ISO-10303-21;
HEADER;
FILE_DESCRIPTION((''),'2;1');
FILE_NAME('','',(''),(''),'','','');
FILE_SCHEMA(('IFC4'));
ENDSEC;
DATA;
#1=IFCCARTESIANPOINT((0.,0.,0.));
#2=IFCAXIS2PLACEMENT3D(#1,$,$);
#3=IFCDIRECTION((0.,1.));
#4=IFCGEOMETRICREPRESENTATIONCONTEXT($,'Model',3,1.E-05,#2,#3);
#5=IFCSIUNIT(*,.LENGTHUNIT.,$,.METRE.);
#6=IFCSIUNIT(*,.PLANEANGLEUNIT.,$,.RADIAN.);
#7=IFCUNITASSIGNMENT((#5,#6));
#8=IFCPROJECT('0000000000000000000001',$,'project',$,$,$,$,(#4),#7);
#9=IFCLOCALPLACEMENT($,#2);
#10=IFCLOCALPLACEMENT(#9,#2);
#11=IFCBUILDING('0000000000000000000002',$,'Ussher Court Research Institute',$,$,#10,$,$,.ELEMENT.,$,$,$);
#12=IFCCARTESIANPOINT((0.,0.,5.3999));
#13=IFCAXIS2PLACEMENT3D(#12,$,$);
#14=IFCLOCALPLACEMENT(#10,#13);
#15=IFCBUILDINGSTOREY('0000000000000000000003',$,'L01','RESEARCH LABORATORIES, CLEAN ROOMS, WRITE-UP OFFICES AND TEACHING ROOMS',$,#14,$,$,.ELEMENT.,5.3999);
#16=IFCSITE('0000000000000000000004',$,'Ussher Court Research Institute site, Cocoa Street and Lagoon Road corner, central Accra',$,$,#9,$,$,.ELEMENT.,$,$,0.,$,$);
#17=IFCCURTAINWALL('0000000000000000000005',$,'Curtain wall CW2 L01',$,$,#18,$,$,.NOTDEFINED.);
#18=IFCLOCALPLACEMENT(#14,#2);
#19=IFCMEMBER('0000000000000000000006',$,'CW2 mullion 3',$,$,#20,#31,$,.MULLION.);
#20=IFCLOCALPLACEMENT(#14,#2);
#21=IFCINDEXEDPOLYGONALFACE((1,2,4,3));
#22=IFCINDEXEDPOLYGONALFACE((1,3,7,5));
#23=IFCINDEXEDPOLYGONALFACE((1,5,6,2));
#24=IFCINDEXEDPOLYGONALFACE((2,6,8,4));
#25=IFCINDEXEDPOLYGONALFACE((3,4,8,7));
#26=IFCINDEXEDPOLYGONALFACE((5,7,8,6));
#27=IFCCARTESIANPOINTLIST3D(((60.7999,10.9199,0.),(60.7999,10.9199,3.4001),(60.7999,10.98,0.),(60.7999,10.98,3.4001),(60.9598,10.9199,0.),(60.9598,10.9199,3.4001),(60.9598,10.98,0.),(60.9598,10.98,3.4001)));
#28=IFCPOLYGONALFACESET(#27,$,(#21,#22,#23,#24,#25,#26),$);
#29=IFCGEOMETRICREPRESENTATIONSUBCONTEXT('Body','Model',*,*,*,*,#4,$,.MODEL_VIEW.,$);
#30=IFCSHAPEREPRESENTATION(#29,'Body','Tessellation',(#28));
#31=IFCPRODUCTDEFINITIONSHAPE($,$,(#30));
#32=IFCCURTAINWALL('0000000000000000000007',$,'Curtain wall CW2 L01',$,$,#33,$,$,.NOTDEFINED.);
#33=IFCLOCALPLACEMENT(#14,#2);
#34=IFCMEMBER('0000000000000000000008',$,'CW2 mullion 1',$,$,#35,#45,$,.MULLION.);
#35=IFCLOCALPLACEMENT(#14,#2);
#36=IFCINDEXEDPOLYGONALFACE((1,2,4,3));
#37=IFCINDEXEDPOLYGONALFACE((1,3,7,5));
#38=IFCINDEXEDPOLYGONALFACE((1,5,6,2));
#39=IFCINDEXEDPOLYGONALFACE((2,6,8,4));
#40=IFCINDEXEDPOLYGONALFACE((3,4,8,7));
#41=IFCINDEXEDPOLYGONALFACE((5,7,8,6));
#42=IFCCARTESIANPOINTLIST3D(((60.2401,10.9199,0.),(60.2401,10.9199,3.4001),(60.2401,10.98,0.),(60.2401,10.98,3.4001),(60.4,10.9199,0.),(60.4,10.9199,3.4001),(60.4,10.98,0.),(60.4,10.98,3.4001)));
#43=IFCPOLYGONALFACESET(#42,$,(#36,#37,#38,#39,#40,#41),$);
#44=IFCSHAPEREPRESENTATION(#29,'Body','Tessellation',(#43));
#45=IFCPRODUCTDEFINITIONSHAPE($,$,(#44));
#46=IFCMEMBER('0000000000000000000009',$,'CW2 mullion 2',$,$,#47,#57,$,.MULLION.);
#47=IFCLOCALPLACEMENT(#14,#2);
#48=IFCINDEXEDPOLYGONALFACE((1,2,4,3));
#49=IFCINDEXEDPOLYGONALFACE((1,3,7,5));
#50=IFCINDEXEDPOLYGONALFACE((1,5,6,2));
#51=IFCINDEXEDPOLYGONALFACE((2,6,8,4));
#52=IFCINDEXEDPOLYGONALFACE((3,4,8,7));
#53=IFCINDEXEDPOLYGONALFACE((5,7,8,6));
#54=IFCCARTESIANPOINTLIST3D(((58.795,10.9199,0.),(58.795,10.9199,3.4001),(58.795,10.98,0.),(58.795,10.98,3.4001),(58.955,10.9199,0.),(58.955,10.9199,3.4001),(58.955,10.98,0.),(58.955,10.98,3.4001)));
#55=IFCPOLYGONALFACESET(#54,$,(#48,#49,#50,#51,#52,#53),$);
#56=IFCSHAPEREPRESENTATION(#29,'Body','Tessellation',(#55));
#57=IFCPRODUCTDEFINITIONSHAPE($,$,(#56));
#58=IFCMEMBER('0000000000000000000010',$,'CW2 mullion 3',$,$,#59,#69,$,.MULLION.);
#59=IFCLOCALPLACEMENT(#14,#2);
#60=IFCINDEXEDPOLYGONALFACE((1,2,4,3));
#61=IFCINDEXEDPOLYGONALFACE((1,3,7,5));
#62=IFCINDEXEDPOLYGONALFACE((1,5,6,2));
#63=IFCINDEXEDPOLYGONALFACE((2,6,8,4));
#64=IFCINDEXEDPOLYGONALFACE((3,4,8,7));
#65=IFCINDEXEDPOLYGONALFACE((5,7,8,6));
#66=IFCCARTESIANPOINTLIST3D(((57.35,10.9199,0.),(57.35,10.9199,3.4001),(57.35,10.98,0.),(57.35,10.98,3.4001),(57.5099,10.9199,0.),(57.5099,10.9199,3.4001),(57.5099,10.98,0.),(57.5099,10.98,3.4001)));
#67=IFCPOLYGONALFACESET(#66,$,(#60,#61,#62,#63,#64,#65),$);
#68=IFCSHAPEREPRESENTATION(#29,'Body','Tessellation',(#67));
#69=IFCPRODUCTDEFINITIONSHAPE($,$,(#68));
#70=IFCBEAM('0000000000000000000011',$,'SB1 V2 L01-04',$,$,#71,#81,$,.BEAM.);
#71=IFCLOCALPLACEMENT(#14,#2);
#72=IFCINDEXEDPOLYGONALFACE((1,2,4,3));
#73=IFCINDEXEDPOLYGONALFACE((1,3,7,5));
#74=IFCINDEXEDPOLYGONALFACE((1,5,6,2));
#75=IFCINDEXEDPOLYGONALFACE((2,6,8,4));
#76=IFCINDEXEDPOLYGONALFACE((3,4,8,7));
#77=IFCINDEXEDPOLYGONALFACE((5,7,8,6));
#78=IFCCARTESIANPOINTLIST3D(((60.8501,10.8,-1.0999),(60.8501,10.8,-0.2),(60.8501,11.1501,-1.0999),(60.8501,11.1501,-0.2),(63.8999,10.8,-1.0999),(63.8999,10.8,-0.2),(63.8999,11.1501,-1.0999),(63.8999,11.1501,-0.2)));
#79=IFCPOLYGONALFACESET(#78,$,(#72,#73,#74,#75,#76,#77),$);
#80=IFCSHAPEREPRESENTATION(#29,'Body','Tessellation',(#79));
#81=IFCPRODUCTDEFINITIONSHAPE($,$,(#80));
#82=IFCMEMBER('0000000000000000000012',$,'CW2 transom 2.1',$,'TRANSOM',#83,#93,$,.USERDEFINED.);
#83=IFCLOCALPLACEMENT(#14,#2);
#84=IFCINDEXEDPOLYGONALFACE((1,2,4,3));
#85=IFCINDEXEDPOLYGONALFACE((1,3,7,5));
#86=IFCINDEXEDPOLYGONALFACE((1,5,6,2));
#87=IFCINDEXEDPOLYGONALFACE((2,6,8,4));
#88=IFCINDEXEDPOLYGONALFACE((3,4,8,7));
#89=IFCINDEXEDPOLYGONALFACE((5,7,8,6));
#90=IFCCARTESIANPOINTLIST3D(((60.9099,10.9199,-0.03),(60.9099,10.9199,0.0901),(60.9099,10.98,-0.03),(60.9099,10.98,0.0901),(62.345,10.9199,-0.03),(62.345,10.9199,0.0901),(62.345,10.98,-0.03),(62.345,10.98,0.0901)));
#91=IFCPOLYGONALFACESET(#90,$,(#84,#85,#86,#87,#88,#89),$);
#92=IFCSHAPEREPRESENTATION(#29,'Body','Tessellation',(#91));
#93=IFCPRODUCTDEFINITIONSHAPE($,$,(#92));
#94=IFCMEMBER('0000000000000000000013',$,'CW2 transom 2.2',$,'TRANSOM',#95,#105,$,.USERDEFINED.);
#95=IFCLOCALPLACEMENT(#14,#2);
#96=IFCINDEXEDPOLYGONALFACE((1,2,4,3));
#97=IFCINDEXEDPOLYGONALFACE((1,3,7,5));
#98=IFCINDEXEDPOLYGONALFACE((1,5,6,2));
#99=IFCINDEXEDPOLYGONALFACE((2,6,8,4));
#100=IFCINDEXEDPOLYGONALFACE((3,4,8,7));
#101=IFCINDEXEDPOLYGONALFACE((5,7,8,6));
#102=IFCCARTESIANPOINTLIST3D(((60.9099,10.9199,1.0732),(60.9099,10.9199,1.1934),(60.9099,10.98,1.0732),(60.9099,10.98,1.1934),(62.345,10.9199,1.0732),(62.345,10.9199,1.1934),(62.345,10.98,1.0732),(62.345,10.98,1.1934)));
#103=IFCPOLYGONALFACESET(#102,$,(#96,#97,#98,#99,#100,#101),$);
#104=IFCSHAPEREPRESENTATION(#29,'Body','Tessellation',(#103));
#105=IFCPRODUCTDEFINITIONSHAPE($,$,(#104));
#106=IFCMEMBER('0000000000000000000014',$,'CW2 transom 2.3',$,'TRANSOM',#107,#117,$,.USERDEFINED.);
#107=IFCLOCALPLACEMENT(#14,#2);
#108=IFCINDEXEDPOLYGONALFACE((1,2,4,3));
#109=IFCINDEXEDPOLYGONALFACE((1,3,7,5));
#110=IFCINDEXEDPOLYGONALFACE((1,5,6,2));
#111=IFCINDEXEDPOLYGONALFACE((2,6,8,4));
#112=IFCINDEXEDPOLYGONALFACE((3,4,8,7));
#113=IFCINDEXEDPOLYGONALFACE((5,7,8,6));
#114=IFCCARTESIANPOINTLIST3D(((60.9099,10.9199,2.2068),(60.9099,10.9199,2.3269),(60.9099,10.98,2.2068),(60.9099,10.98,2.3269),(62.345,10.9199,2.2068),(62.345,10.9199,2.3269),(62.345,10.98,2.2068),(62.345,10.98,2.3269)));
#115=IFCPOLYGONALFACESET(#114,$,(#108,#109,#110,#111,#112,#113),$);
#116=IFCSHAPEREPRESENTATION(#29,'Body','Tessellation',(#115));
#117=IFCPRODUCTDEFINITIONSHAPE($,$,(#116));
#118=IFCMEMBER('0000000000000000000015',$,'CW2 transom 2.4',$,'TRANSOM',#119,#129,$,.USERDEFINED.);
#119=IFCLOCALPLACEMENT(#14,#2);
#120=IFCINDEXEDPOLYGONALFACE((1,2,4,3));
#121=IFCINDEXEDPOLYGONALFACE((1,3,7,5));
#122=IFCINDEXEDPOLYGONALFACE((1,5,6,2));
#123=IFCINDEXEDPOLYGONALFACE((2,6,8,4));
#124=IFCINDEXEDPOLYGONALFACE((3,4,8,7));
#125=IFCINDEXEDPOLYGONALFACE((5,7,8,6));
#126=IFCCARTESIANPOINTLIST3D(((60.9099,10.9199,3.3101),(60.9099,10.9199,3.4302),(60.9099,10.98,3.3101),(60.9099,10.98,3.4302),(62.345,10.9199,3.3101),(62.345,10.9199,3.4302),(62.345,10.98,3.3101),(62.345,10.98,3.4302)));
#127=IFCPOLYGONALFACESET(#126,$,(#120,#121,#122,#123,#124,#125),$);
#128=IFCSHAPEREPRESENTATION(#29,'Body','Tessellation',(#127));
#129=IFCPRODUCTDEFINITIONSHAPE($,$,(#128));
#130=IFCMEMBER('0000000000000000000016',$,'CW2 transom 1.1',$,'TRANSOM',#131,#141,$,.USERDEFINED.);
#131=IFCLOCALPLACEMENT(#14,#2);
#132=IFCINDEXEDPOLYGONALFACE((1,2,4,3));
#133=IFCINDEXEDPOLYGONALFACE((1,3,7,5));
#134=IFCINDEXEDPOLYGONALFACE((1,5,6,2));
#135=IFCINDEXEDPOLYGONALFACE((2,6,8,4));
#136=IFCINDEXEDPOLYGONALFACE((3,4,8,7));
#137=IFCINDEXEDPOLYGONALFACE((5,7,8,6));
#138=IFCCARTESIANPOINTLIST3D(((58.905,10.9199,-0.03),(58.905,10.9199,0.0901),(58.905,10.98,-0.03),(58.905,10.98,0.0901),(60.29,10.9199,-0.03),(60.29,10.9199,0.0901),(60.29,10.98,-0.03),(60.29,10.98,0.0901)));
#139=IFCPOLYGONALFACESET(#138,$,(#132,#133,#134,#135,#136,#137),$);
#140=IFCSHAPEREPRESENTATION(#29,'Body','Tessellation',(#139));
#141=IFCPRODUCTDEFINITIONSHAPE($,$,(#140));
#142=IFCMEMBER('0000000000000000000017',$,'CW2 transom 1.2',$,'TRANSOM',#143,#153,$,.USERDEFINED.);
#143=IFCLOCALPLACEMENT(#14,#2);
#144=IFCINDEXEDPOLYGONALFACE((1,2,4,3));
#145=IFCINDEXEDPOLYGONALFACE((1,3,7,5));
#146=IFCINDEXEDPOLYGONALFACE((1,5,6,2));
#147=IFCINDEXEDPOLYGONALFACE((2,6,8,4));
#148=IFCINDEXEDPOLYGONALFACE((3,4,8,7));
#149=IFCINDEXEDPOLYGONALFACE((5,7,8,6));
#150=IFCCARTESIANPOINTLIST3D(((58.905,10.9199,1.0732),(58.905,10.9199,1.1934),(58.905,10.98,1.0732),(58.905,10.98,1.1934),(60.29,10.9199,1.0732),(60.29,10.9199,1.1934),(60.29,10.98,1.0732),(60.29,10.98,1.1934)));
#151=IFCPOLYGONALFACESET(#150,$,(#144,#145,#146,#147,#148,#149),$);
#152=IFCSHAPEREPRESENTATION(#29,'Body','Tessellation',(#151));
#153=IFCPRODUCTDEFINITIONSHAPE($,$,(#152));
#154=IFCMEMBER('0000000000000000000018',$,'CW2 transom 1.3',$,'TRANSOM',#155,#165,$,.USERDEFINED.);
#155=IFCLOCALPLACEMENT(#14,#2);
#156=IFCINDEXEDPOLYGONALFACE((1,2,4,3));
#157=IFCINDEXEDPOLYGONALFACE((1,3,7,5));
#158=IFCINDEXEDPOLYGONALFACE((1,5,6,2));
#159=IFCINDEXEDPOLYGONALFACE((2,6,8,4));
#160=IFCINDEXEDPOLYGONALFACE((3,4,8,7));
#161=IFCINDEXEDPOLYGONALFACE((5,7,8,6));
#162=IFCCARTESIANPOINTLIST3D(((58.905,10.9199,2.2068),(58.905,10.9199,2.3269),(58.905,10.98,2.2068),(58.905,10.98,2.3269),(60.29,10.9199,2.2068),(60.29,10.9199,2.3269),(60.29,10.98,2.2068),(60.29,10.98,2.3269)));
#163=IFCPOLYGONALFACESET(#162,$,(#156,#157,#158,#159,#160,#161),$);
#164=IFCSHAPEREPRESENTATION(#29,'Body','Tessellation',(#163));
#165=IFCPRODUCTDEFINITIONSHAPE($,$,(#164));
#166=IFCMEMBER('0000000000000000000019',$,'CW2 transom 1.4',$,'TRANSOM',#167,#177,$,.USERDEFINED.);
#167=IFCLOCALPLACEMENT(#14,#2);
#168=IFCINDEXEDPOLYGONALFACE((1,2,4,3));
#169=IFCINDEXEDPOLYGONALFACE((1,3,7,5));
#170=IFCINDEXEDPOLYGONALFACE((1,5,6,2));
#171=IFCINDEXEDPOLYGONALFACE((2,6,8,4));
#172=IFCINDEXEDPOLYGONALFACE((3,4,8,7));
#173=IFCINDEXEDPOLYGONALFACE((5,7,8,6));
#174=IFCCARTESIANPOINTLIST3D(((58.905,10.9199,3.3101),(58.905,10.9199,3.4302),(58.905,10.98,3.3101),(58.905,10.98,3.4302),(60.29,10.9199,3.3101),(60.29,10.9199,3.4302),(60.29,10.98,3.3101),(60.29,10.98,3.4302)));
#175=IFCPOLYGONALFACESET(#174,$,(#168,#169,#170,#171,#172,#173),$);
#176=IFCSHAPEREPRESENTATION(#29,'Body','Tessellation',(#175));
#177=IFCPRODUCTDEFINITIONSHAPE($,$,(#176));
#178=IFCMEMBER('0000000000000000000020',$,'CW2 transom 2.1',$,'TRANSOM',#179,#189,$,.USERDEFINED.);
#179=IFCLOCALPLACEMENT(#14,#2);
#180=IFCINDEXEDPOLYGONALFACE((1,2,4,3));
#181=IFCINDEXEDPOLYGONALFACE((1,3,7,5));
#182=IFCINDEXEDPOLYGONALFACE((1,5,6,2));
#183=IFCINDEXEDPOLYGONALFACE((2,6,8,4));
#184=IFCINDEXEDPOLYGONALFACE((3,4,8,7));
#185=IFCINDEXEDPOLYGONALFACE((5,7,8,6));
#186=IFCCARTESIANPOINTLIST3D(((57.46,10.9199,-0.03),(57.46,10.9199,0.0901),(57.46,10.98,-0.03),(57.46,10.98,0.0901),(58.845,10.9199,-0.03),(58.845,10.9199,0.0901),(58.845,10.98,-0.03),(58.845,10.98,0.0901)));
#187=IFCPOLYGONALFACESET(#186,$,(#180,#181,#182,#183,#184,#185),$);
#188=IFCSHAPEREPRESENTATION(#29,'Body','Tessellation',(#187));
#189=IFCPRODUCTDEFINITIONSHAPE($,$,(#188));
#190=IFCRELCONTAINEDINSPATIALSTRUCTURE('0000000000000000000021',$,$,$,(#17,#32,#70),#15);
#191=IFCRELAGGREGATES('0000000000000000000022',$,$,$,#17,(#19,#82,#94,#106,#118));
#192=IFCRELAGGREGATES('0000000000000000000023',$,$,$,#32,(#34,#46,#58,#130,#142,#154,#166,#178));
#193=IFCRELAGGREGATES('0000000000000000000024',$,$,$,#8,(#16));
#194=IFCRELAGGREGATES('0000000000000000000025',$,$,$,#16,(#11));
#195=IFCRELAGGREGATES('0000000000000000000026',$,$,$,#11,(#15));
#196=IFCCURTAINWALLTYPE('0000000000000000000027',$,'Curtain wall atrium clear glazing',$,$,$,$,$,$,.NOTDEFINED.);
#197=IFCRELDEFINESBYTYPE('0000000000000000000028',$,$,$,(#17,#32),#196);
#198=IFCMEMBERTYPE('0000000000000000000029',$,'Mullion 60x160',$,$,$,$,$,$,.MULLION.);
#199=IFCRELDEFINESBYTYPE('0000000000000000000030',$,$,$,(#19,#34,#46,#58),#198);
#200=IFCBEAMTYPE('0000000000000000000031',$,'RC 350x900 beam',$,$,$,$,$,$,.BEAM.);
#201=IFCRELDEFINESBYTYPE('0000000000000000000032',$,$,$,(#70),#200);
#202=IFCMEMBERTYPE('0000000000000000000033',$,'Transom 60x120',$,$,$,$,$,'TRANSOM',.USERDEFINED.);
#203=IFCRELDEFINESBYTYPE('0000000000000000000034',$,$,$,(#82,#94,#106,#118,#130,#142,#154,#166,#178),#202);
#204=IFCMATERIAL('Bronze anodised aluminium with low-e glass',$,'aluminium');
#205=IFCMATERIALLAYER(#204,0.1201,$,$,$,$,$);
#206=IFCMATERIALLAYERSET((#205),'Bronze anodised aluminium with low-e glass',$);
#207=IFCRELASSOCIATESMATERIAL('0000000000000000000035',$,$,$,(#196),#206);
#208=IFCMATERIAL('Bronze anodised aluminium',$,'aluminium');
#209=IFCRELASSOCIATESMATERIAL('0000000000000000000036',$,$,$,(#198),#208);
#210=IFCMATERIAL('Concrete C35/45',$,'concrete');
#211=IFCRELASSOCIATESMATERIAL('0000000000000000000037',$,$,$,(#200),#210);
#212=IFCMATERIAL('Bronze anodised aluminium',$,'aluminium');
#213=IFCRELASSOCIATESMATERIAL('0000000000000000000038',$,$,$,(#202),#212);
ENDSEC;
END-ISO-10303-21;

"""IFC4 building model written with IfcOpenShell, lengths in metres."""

from ifc_helpers import new_model, si_unit, direction, frame, origin, origin_2d, place, context, subcontext, project, spatial, rectangle, extrude, material, layer, layer_set, material_profile, profile_set, type_object, element, aggregate, save


model = new_model("IFC4")

# Units and contexts
model_context = context("Model", 3, precision=1e-05, world=origin(), true_north=direction((0.0, 1.0)))
body_context = subcontext(model_context, "Body", "Model", "MODEL_VIEW")
ifc_project = project(units=[si_unit("LENGTHUNIT", "METRE"), si_unit("PLANEANGLEUNIT", "RADIAN")], contexts=[model_context])

# Site, building, storey
site_placement = place(None, origin())
site = spatial("IfcSite", under=ifc_project, at=site_placement, Name="Ussher Court Research Institute site, Cocoa Street and Lagoon Road corner, central Accra", CompositionType="ELEMENT", RefElevation=0.0)
building_placement = place(site_placement, origin())
building = spatial("IfcBuilding", under=site, at=building_placement, Name="Ussher Court Research Institute", CompositionType="ELEMENT")
storey_placement = place(building_placement, frame((0.0, 0.0, 5.3999)))
storey = spatial("IfcBuildingStorey", under=building, at=storey_placement, Name="L01", Description="RESEARCH LABORATORIES, CLEAN ROOMS, WRITE-UP OFFICES AND TEACHING ROOMS", CompositionType="ELEMENT", Elevation=5.3999)

# Curtain wall, member
ifc_material_1 = material(Name="Bronze anodised aluminium with low-e glass", Category="aluminium")
ifc_layer_1 = layer(ifc_material_1, 0.1201)
ifc_layer_set_1 = layer_set([ifc_layer_1], Name="Bronze anodised aluminium with low-e glass")
curtain_wall_type = type_object("IfcCurtainWallType", Name="Curtain wall atrium clear glazing", PredefinedType="NOTDEFINED", material=ifc_layer_set_1)
curtain_wall_1_placement = place(storey_placement, origin())
curtain_wall_1 = element("IfcCurtainWall", 1, at=curtain_wall_1_placement, inside=storey, type_object=curtain_wall_type, Name="Curtain wall CW2 L01", PredefinedType="NOTDEFINED")
ifc_material_2 = material(Name="Bronze anodised aluminium", Category="aluminium")
ifc_material_profile_1 = material_profile(ifc_material_2, rectangle(XDim=0.0601, YDim=0.1599, at=origin_2d()), Name="Mullion 60x160")
ifc_profile_set_1 = profile_set([ifc_material_profile_1], Name="Bronze anodised aluminium")
member_type_1 = type_object("IfcMemberType", Name="Mullion 60x160", PredefinedType="MULLION", material=ifc_profile_set_1)
member_1_placement = place(storey_placement, frame((60.8799, 10.95, 0.0), z_axis=(0.0, 0.0, 1.0), x_axis=(0.0, -1.0, 0.0)))
member_1 = element("IfcMember", 2, at=member_1_placement, type_object=member_type_1, Name="CW2 mullion 3", PredefinedType="MULLION", context=body_context, shape_type="SweptSolid", body=[
    extrude(rectangle(XDim=0.0601, YDim=0.1599, at=origin_2d()), origin(), (0.0, 0.0, 1.0), 3.4001),
])

# Curtain wall, members
curtain_wall_2_placement = place(storey_placement, origin())
curtain_wall_2 = element("IfcCurtainWall", 3, at=curtain_wall_2_placement, inside=storey, type_object=curtain_wall_type, Name="Curtain wall CW2 L01", PredefinedType="NOTDEFINED")
member_2_placement = place(storey_placement, frame((60.3201, 10.95, 0.0), z_axis=(0.0, 0.0, 1.0), x_axis=(0.0, -1.0, 0.0)))
member_2 = element("IfcMember", 4, at=member_2_placement, type_object=member_type_1, Name="CW2 mullion 1", PredefinedType="MULLION", context=body_context, shape_type="SweptSolid", body=[
    extrude(rectangle(XDim=0.0601, YDim=0.1599, at=origin_2d()), origin(), (0.0, 0.0, 1.0), 3.4001),
])
member_3_placement = place(storey_placement, frame((58.875, 10.95, 0.0), z_axis=(0.0, 0.0, 1.0), x_axis=(0.0, -1.0, 0.0)))
member_3 = element("IfcMember", 5, at=member_3_placement, type_object=member_type_1, Name="CW2 mullion 2", PredefinedType="MULLION", context=body_context, shape_type="SweptSolid", body=[
    extrude(rectangle(XDim=0.0601, YDim=0.1599, at=origin_2d()), origin(), (0.0, 0.0, 1.0), 3.4001),
])
member_4_placement = place(storey_placement, frame((57.4299, 10.95, 0.0), z_axis=(0.0, 0.0, 1.0), x_axis=(0.0, -1.0, 0.0)))
member_4 = element("IfcMember", 6, at=member_4_placement, type_object=member_type_1, Name="CW2 mullion 3", PredefinedType="MULLION", context=body_context, shape_type="SweptSolid", body=[
    extrude(rectangle(XDim=0.0601, YDim=0.1599, at=origin_2d()), origin(), (0.0, 0.0, 1.0), 3.4001),
])

# Beam
ifc_material_3 = material(Name="Concrete C35/45", Category="concrete")
ifc_material_profile_2 = material_profile(ifc_material_3, rectangle(XDim=0.3501, YDim=0.8999, at=origin_2d()), Name="RC 350x900")
ifc_profile_set_2 = profile_set([ifc_material_profile_2], Name="Concrete C35/45")
beam_type = type_object("IfcBeamType", Name="RC 350x900 beam", PredefinedType="BEAM", material=ifc_profile_set_2)
beam_placement = place(storey_placement, frame((60.8501, 10.9751, -0.6499), z_axis=(1.0, 0.0, 0.0), x_axis=(0.0, 1.0, 0.0)))
element("IfcBeam", 7, at=beam_placement, inside=storey, type_object=beam_type, Name="SB1 V2 L01-04", PredefinedType="BEAM", context=body_context, shape_type="SweptSolid", body=[
    extrude(rectangle(XDim=0.3501, YDim=0.8999, at=origin_2d()), origin(), (0.0, 0.0, 1.0), 3.0498),
])

# Members
ifc_material_4 = material(Name="Bronze anodised aluminium", Category="aluminium")
ifc_material_profile_3 = material_profile(ifc_material_4, rectangle(XDim=0.0601, YDim=0.1201, at=origin_2d()), Name="Transom 60x120")
ifc_profile_set_3 = profile_set([ifc_material_profile_3], Name="Bronze anodised aluminium")
member_type_2 = type_object("IfcMemberType", Name="Transom 60x120", ElementType="TRANSOM", PredefinedType="USERDEFINED", material=ifc_profile_set_3)
member_5_placement = place(storey_placement, frame((62.345, 10.95, 0.03), z_axis=(-1.0, 0.0, 0.0), x_axis=(0.0, -1.0, 0.0)))
member_5 = element("IfcMember", 8, at=member_5_placement, type_object=member_type_2, Name="CW2 transom 2.1", ObjectType="TRANSOM", PredefinedType="USERDEFINED", context=body_context, shape_type="SweptSolid", body=[
    extrude(rectangle(XDim=0.0601, YDim=0.1201, at=origin_2d()), origin(), (0.0, 0.0, 1.0), 1.4351),
])
member_6_placement = place(storey_placement, frame((62.345, 10.95, 1.1333), z_axis=(-1.0, 0.0, 0.0), x_axis=(0.0, -1.0, 0.0)))
member_6 = element("IfcMember", 9, at=member_6_placement, type_object=member_type_2, Name="CW2 transom 2.2", ObjectType="TRANSOM", PredefinedType="USERDEFINED", context=body_context, shape_type="SweptSolid", body=[
    extrude(rectangle(XDim=0.0601, YDim=0.1201, at=origin_2d()), origin(), (0.0, 0.0, 1.0), 1.4351),
])
member_7_placement = place(storey_placement, frame((62.345, 10.95, 2.2668), z_axis=(-1.0, 0.0, 0.0), x_axis=(0.0, -1.0, 0.0)))
member_7 = element("IfcMember", 10, at=member_7_placement, type_object=member_type_2, Name="CW2 transom 2.3", ObjectType="TRANSOM", PredefinedType="USERDEFINED", context=body_context, shape_type="SweptSolid", body=[
    extrude(rectangle(XDim=0.0601, YDim=0.1201, at=origin_2d()), origin(), (0.0, 0.0, 1.0), 1.4351),
])
member_8_placement = place(storey_placement, frame((62.345, 10.95, 3.3701), z_axis=(-1.0, 0.0, 0.0), x_axis=(0.0, -1.0, 0.0)))
member_8 = element("IfcMember", 11, at=member_8_placement, type_object=member_type_2, Name="CW2 transom 2.4", ObjectType="TRANSOM", PredefinedType="USERDEFINED", context=body_context, shape_type="SweptSolid", body=[
    extrude(rectangle(XDim=0.0601, YDim=0.1201, at=origin_2d()), origin(), (0.0, 0.0, 1.0), 1.4351),
])
member_9_placement = place(storey_placement, frame((60.29, 10.95, 0.03), z_axis=(-1.0, 0.0, 0.0), x_axis=(0.0, -1.0, 0.0)))
member_9 = element("IfcMember", 12, at=member_9_placement, type_object=member_type_2, Name="CW2 transom 1.1", ObjectType="TRANSOM", PredefinedType="USERDEFINED", context=body_context, shape_type="SweptSolid", body=[
    extrude(rectangle(XDim=0.0601, YDim=0.1201, at=origin_2d()), origin(), (0.0, 0.0, 1.0), 1.385),
])
member_10_placement = place(storey_placement, frame((60.29, 10.95, 1.1333), z_axis=(-1.0, 0.0, 0.0), x_axis=(0.0, -1.0, 0.0)))
member_10 = element("IfcMember", 13, at=member_10_placement, type_object=member_type_2, Name="CW2 transom 1.2", ObjectType="TRANSOM", PredefinedType="USERDEFINED", context=body_context, shape_type="SweptSolid", body=[
    extrude(rectangle(XDim=0.0601, YDim=0.1201, at=origin_2d()), origin(), (0.0, 0.0, 1.0), 1.385),
])
member_11_placement = place(storey_placement, frame((60.29, 10.95, 2.2668), z_axis=(-1.0, 0.0, 0.0), x_axis=(0.0, -1.0, 0.0)))
member_11 = element("IfcMember", 14, at=member_11_placement, type_object=member_type_2, Name="CW2 transom 1.3", ObjectType="TRANSOM", PredefinedType="USERDEFINED", context=body_context, shape_type="SweptSolid", body=[
    extrude(rectangle(XDim=0.0601, YDim=0.1201, at=origin_2d()), origin(), (0.0, 0.0, 1.0), 1.385),
])
member_12_placement = place(storey_placement, frame((60.29, 10.95, 3.3701), z_axis=(-1.0, 0.0, 0.0), x_axis=(0.0, -1.0, 0.0)))
member_12 = element("IfcMember", 15, at=member_12_placement, type_object=member_type_2, Name="CW2 transom 1.4", ObjectType="TRANSOM", PredefinedType="USERDEFINED", context=body_context, shape_type="SweptSolid", body=[
    extrude(rectangle(XDim=0.0601, YDim=0.1201, at=origin_2d()), origin(), (0.0, 0.0, 1.0), 1.385),
])
member_13_placement = place(storey_placement, frame((58.845, 10.95, 0.03), z_axis=(-1.0, 0.0, 0.0), x_axis=(0.0, -1.0, 0.0)))
member_13 = element("IfcMember", 16, at=member_13_placement, type_object=member_type_2, Name="CW2 transom 2.1", ObjectType="TRANSOM", PredefinedType="USERDEFINED", context=body_context, shape_type="SweptSolid", body=[
    extrude(rectangle(XDim=0.0601, YDim=0.1201, at=origin_2d()), origin(), (0.0, 0.0, 1.0), 1.385),
])

aggregate(curtain_wall_1, [member_1, member_5, member_6, member_7, member_8])
aggregate(curtain_wall_2, [member_2, member_3, member_4, member_9, member_10, member_11, member_12, member_13])

save(model, "model.ifc")
